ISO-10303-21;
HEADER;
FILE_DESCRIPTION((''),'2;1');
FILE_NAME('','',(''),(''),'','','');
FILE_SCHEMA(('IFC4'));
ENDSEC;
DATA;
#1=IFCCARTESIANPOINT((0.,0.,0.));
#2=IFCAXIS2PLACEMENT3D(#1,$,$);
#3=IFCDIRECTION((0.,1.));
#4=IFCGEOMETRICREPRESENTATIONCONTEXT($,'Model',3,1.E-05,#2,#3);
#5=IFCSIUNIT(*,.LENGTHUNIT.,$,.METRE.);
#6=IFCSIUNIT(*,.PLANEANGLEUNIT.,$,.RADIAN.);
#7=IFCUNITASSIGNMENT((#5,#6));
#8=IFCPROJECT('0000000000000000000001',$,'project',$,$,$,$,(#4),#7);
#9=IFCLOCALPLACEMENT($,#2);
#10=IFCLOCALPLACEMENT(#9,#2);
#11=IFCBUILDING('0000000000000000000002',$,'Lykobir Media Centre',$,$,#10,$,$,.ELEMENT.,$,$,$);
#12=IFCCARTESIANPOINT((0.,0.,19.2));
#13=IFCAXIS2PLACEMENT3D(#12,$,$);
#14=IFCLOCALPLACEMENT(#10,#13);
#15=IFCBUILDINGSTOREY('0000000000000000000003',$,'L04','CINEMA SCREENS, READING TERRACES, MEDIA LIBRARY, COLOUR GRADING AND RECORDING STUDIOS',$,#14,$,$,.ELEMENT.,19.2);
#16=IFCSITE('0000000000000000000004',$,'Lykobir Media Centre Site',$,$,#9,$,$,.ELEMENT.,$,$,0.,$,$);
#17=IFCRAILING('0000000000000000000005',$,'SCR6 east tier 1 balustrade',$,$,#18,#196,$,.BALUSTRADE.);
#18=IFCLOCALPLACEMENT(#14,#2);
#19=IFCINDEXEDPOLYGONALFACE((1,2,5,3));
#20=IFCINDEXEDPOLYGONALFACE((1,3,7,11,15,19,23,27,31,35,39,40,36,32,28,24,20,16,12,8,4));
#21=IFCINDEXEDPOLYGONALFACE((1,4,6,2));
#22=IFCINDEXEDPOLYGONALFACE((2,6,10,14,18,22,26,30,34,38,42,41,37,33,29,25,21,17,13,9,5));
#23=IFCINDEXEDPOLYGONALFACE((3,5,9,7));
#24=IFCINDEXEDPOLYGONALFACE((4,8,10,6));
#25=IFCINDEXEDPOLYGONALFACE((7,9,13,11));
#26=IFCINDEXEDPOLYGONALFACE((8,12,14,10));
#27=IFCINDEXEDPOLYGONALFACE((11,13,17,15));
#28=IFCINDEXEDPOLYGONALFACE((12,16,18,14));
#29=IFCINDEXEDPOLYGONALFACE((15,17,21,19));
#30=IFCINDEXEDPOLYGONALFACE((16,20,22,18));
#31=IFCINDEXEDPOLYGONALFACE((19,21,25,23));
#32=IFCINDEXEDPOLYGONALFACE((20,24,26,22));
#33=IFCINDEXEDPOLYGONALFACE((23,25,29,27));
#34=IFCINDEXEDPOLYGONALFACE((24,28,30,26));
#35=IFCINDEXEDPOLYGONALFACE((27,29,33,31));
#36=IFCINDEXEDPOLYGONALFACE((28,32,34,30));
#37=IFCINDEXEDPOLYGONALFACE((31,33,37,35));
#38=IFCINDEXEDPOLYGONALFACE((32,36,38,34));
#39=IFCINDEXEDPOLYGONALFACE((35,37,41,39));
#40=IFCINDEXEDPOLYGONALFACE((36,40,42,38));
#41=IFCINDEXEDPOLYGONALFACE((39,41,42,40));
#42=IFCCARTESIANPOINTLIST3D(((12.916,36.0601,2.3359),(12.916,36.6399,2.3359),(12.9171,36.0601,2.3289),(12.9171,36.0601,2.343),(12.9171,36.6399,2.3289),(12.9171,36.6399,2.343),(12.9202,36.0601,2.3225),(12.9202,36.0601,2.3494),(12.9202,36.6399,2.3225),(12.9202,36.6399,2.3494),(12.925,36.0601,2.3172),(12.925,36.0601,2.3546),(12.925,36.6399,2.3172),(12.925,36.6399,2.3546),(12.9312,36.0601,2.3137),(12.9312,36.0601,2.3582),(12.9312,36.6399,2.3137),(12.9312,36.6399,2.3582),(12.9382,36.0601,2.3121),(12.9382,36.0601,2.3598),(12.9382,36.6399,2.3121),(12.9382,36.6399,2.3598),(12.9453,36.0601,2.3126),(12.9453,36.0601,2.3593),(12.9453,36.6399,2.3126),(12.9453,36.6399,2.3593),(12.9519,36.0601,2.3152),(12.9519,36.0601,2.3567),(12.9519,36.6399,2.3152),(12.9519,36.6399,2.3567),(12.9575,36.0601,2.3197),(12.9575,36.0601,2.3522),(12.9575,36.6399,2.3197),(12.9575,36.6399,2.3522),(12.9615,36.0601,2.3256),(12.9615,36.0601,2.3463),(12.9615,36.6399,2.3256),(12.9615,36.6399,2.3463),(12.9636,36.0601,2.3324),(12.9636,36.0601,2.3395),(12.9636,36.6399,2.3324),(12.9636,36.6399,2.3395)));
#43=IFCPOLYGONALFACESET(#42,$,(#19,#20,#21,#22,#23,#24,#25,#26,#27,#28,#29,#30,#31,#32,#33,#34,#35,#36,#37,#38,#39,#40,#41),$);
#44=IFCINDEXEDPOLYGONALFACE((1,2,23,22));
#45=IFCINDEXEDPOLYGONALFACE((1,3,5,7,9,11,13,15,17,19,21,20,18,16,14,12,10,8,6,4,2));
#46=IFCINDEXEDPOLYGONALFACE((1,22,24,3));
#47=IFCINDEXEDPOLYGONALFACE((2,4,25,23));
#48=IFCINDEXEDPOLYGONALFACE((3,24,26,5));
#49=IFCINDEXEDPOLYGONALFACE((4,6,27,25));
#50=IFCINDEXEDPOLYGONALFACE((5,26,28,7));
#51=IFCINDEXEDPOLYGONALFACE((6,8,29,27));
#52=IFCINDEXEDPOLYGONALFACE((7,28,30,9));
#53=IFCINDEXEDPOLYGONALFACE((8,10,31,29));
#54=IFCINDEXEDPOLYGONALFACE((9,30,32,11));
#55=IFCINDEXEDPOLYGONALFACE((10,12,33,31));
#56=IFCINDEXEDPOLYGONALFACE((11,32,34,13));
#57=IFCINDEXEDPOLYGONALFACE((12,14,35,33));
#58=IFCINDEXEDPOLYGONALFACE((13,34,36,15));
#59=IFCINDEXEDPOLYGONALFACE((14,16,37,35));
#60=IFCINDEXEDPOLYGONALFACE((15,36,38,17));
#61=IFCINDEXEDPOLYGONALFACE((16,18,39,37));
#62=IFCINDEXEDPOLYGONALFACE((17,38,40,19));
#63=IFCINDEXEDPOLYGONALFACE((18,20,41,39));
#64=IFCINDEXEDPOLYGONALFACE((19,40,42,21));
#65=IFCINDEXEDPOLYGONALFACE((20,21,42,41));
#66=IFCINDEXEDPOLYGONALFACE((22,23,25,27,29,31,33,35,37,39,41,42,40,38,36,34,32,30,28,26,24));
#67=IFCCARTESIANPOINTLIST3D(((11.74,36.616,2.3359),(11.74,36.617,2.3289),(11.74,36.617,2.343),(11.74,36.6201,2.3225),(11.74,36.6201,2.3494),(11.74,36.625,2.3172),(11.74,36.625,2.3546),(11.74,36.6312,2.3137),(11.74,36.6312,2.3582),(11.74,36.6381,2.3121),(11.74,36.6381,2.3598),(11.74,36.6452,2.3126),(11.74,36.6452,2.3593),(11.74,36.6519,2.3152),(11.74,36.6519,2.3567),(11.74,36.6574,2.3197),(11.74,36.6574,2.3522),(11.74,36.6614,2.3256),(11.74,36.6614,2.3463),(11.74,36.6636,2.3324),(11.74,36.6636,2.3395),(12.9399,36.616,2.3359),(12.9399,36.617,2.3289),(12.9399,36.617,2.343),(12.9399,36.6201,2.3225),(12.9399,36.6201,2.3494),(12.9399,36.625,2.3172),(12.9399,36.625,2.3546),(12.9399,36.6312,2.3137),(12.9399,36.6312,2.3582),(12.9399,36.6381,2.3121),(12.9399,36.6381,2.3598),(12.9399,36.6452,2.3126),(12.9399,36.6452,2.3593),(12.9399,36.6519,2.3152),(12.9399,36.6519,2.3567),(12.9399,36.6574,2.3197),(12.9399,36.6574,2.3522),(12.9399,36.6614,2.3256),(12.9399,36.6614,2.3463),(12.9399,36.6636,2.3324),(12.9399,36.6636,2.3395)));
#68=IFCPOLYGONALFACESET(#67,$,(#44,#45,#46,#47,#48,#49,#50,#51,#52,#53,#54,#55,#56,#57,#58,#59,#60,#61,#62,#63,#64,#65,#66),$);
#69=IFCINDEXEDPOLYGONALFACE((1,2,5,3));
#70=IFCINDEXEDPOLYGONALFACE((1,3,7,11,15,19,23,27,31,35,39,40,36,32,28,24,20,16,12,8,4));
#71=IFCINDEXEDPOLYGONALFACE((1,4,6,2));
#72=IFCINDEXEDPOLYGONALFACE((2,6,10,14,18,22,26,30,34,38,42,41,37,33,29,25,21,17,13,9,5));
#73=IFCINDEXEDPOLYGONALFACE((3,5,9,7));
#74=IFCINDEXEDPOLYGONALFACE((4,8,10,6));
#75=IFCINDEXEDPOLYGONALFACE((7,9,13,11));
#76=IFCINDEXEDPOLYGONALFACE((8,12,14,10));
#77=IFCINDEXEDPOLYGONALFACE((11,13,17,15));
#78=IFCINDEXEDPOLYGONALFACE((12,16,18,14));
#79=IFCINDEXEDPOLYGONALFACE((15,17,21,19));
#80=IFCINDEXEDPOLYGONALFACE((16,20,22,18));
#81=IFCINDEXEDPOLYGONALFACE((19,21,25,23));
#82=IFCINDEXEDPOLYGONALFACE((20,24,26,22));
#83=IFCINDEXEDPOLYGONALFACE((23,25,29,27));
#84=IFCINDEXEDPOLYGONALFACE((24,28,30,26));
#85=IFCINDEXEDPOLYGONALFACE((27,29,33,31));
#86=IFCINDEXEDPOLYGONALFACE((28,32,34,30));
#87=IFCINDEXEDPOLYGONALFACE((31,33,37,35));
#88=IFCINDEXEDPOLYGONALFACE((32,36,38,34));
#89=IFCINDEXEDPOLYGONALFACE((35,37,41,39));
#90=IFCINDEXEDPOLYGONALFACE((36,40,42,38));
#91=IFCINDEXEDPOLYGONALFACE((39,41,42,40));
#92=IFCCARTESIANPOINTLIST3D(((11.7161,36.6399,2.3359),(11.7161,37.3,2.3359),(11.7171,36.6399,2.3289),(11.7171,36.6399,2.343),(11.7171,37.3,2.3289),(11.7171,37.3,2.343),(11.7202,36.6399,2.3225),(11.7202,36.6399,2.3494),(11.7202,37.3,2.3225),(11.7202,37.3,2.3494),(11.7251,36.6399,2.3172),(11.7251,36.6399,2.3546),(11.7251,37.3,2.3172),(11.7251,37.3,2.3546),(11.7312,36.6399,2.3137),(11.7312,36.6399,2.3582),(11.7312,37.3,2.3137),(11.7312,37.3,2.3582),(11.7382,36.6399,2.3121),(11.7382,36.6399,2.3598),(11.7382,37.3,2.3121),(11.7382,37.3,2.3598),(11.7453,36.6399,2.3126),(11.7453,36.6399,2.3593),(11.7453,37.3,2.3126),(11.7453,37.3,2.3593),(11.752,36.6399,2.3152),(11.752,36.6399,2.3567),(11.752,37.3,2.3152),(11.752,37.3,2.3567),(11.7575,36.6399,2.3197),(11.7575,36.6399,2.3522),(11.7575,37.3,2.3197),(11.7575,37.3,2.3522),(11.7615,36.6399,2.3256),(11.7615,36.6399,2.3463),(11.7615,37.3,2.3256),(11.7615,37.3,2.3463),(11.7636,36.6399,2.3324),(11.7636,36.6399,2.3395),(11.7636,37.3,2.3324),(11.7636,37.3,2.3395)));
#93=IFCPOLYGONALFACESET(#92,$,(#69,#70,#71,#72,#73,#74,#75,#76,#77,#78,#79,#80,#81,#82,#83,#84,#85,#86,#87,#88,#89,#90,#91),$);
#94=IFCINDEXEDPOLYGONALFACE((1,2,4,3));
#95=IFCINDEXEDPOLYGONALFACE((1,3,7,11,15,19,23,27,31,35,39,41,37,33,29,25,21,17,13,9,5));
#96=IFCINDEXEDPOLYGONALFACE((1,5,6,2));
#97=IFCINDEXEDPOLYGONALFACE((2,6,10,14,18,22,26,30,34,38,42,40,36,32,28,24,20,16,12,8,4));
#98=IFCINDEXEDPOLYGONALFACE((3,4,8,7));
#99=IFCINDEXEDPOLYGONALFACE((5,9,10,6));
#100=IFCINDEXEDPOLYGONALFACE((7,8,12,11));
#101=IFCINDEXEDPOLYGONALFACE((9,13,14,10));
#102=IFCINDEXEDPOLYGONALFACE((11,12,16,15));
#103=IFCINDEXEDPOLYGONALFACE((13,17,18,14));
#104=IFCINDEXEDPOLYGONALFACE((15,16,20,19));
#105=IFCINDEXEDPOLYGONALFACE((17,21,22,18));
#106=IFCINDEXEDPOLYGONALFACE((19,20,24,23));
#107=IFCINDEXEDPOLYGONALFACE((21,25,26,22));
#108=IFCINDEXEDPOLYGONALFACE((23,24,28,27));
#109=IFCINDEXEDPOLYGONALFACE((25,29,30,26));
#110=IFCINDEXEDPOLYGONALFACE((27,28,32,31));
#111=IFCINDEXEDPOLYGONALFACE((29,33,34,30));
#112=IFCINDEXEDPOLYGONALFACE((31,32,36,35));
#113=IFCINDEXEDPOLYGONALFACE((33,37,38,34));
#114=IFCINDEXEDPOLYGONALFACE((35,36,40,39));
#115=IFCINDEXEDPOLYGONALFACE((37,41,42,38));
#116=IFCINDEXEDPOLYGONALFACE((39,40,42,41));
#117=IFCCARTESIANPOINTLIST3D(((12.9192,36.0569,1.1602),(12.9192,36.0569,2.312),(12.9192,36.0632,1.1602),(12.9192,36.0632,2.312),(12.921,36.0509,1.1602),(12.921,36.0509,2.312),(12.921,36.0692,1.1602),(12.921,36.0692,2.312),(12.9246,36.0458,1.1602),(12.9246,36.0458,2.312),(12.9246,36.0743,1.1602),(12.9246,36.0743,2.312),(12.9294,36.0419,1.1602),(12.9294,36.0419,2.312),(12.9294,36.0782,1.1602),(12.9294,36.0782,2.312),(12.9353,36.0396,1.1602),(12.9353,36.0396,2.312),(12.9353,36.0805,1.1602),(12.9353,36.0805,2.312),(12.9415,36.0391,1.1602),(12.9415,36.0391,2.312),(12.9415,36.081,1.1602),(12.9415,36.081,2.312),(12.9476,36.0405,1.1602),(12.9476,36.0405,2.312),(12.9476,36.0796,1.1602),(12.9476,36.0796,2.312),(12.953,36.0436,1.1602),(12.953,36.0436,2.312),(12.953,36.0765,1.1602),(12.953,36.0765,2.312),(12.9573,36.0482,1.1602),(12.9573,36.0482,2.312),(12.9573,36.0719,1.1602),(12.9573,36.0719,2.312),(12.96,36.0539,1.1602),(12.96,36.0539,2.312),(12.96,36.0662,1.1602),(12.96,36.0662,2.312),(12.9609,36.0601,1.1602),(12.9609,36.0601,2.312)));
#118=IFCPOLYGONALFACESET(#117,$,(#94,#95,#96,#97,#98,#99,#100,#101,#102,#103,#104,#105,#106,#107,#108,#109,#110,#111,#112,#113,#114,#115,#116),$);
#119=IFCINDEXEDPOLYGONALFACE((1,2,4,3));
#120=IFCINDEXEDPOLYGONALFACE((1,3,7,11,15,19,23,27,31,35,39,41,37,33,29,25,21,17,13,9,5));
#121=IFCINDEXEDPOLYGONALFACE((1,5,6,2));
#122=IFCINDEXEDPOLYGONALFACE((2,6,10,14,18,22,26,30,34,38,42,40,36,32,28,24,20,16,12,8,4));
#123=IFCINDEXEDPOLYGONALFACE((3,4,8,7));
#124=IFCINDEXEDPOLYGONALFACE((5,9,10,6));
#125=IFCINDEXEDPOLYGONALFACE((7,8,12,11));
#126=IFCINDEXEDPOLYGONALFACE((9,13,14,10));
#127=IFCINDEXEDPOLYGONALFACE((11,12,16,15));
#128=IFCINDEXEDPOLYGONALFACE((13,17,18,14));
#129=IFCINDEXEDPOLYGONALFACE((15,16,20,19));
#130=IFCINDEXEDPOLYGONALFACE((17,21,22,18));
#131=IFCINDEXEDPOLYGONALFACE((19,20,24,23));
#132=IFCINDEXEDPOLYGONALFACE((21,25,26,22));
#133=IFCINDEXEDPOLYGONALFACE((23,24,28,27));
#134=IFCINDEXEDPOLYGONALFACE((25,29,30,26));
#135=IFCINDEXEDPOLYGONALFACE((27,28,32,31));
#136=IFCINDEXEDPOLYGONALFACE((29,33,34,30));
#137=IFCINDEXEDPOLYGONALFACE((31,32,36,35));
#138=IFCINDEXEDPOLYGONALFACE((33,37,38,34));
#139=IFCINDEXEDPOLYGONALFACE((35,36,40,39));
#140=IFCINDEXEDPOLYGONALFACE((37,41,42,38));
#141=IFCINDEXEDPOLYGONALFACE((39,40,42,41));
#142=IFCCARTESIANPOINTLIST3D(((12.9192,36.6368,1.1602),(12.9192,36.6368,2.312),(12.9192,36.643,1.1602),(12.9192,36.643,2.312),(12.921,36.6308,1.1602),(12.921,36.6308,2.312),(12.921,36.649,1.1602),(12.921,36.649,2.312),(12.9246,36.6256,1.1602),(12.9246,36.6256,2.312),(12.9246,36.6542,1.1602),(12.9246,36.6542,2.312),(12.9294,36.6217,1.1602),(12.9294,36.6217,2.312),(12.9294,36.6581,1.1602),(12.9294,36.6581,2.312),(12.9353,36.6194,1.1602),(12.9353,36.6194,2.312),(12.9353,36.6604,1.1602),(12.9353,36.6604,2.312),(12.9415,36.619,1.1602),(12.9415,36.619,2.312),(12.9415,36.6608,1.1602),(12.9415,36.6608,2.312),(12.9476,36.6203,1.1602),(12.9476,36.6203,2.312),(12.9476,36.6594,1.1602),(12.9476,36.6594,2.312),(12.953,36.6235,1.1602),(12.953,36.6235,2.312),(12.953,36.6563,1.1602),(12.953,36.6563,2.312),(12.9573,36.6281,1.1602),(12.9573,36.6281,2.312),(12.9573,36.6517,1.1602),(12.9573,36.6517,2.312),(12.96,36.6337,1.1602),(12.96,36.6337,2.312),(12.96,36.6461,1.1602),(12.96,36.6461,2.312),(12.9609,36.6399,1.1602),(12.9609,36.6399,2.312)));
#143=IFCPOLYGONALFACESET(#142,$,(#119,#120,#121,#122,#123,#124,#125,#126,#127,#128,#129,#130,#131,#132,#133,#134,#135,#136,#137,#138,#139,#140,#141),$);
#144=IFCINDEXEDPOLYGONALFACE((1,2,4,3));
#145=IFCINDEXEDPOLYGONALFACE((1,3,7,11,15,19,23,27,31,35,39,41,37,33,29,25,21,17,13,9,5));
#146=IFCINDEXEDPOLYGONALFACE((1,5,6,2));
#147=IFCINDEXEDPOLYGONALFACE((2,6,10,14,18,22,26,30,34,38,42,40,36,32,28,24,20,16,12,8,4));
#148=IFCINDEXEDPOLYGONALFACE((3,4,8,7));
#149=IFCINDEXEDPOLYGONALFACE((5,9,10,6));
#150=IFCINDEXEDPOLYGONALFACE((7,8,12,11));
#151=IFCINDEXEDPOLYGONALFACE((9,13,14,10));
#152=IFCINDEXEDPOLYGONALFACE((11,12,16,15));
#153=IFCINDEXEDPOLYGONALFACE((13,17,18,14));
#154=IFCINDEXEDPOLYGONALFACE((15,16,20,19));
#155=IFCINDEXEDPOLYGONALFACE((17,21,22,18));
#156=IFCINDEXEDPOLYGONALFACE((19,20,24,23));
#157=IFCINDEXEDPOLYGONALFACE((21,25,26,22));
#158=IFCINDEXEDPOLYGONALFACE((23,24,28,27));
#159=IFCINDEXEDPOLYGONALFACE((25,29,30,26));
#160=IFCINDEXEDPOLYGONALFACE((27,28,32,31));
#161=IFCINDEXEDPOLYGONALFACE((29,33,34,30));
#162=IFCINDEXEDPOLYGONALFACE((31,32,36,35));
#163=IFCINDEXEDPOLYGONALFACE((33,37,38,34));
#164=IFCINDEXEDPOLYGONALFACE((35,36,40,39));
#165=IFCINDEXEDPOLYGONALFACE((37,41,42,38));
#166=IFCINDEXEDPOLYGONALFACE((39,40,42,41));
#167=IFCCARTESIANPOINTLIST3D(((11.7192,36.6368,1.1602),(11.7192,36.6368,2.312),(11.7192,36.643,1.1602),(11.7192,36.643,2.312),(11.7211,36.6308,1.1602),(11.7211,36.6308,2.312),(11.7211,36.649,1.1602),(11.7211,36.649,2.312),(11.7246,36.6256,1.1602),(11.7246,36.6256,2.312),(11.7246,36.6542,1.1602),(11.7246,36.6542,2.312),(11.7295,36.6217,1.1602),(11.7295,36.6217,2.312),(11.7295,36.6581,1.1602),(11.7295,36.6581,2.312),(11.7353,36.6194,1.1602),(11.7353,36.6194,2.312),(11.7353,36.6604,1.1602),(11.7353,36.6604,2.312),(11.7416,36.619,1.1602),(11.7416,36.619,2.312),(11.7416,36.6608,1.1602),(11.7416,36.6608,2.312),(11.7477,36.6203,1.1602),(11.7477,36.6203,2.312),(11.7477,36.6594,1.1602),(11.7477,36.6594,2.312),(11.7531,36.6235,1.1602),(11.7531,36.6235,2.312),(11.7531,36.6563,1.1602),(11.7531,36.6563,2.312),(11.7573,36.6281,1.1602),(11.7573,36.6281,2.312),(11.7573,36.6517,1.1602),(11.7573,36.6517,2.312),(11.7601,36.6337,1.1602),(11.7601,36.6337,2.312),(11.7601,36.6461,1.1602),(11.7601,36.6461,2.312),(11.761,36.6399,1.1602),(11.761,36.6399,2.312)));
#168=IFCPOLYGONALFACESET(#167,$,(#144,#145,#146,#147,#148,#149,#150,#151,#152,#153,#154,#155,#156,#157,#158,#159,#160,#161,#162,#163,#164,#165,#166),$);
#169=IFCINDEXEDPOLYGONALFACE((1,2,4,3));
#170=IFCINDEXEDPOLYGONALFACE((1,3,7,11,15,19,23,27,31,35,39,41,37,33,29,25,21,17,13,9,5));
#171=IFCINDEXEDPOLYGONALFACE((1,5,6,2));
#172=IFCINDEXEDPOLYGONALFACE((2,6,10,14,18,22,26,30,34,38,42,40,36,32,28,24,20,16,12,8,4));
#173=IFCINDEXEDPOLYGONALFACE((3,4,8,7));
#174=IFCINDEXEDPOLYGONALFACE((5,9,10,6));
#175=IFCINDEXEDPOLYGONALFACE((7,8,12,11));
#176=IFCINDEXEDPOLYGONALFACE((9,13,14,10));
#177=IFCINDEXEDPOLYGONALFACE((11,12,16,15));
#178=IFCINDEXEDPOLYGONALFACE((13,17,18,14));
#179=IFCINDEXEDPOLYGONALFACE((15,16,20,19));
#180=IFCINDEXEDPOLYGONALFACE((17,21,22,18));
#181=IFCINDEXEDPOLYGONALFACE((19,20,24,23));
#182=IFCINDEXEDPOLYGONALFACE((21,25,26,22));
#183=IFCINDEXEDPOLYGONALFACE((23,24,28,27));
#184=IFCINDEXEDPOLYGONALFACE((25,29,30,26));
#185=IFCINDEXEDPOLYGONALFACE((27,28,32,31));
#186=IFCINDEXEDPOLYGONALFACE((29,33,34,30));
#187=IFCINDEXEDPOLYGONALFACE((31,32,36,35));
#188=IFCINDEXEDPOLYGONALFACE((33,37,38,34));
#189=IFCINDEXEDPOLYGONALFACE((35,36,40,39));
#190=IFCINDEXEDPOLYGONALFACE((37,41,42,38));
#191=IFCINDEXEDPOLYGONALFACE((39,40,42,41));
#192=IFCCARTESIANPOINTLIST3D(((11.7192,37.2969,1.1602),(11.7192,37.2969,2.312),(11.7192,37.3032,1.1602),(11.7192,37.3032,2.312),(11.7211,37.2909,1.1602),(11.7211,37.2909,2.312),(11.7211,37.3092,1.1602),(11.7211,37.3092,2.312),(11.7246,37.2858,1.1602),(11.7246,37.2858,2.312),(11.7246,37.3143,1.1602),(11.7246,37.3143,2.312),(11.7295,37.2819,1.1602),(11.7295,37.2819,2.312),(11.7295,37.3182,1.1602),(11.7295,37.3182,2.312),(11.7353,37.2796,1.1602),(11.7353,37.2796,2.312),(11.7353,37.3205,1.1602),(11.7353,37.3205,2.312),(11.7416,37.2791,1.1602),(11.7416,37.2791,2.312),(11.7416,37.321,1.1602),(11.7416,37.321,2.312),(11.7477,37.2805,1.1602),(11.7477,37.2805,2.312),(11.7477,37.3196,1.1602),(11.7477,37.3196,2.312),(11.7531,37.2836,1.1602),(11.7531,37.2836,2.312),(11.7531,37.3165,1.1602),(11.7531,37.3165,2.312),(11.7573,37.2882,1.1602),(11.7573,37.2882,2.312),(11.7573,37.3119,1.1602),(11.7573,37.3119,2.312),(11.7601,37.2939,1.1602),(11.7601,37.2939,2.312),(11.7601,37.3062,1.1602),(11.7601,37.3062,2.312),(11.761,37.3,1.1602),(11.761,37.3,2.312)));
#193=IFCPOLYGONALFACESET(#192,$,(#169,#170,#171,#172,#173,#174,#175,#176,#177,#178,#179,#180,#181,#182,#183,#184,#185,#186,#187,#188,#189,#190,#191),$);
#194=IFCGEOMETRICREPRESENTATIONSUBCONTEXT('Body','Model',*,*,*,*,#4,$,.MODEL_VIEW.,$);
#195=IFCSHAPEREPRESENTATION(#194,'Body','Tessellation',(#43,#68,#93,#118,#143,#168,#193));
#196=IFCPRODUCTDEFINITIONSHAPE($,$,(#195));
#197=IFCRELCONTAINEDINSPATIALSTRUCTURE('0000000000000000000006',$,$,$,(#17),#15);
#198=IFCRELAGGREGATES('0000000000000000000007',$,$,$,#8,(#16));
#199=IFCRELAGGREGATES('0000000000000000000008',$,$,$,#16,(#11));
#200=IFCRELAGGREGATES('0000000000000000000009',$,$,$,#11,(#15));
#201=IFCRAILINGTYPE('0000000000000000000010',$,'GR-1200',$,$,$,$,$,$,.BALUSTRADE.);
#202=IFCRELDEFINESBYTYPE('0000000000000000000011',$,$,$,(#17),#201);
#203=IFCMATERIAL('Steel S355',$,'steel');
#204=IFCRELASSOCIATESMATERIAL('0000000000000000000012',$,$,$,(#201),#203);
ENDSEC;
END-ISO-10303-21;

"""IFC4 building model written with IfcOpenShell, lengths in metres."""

from ifc_helpers import new_model, si_unit, direction, frame, origin, origin_2d, place, context, subcontext, project, spatial, circle, extrude, material, type_object, element, save


model = new_model("IFC4")

# Units and contexts
model_context = context("Model", 3, precision=1e-05, world=origin(), true_north=direction((0.0, 1.0)))
body_context = subcontext(model_context, "Body", "Model", "MODEL_VIEW")
ifc_project = project(units=[si_unit("LENGTHUNIT", "METRE"), si_unit("PLANEANGLEUNIT", "RADIAN")], contexts=[model_context])

# Site, building, storey
site_placement = place(None, origin())
site = spatial("IfcSite", under=ifc_project, at=site_placement, Name="Lykobir Media Centre Site", CompositionType="ELEMENT", RefElevation=0.0)
building_placement = place(site_placement, origin())
building = spatial("IfcBuilding", under=site, at=building_placement, Name="Lykobir Media Centre", CompositionType="ELEMENT")
storey_placement = place(building_placement, frame((0.0, 0.0, 19.2)))
storey = spatial("IfcBuildingStorey", under=building, at=storey_placement, Name="L04", Description="CINEMA SCREENS, READING TERRACES, MEDIA LIBRARY, COLOUR GRADING AND RECORDING STUDIOS", CompositionType="ELEMENT", Elevation=19.2)

# Shared definitions
ifc_material_1 = material(Name="Steel S355", Category="steel")

# Railing
railing_type = type_object("IfcRailingType", Name="GR-1200", PredefinedType="BALUSTRADE", material=ifc_material_1)
railing_1_placement = place(storey_placement, frame((12.9399, 36.0601, 1.1602)))
element("IfcRailing", 1, at=railing_1_placement, inside=storey, type_object=railing_type, Name="SCR6 east tier 1 balustrade", PredefinedType="BALUSTRADE", context=body_context, shape_type="SweptSolid", body=[
    extrude(circle(Radius=0.0239, at=origin_2d()), frame((0.0, 0.0, 1.1758), z_axis=(0.0, 1.0, 0.0), x_axis=(-1.0, 0.0, 0.0)), (0.0, 0.0, 1.0), 0.5798),
    extrude(circle(Radius=0.0239, at=origin_2d()), frame((0.0, 0.5798, 1.1758), z_axis=(-1.0, 0.0, 0.0), x_axis=(0.0, -1.0, 0.0)), (0.0, 0.0, 1.0), 1.2),
    extrude(circle(Radius=0.0239, at=origin_2d()), frame((-1.2, 0.5798, 1.1758), z_axis=(0.0, 1.0, 0.0), x_axis=(-1.0, 0.0, 0.0)), (0.0, 0.0, 1.0), 0.6602),
    extrude(circle(Radius=0.021, at=origin_2d()), origin(), (0.0, 0.0, 1.0), 1.1519),
    extrude(circle(Radius=0.021, at=origin_2d()), frame((0.0, 0.5798, 0.0)), (0.0, 0.0, 1.0), 1.1519),
    extrude(circle(Radius=0.021, at=origin_2d()), frame((-1.2, 0.5798, 0.0)), (0.0, 0.0, 1.0), 1.1519),
    extrude(circle(Radius=0.021, at=origin_2d()), frame((-1.2, 1.24, 0.0)), (0.0, 0.0, 1.0), 1.1519),
])

save(model, "model.ifc")
